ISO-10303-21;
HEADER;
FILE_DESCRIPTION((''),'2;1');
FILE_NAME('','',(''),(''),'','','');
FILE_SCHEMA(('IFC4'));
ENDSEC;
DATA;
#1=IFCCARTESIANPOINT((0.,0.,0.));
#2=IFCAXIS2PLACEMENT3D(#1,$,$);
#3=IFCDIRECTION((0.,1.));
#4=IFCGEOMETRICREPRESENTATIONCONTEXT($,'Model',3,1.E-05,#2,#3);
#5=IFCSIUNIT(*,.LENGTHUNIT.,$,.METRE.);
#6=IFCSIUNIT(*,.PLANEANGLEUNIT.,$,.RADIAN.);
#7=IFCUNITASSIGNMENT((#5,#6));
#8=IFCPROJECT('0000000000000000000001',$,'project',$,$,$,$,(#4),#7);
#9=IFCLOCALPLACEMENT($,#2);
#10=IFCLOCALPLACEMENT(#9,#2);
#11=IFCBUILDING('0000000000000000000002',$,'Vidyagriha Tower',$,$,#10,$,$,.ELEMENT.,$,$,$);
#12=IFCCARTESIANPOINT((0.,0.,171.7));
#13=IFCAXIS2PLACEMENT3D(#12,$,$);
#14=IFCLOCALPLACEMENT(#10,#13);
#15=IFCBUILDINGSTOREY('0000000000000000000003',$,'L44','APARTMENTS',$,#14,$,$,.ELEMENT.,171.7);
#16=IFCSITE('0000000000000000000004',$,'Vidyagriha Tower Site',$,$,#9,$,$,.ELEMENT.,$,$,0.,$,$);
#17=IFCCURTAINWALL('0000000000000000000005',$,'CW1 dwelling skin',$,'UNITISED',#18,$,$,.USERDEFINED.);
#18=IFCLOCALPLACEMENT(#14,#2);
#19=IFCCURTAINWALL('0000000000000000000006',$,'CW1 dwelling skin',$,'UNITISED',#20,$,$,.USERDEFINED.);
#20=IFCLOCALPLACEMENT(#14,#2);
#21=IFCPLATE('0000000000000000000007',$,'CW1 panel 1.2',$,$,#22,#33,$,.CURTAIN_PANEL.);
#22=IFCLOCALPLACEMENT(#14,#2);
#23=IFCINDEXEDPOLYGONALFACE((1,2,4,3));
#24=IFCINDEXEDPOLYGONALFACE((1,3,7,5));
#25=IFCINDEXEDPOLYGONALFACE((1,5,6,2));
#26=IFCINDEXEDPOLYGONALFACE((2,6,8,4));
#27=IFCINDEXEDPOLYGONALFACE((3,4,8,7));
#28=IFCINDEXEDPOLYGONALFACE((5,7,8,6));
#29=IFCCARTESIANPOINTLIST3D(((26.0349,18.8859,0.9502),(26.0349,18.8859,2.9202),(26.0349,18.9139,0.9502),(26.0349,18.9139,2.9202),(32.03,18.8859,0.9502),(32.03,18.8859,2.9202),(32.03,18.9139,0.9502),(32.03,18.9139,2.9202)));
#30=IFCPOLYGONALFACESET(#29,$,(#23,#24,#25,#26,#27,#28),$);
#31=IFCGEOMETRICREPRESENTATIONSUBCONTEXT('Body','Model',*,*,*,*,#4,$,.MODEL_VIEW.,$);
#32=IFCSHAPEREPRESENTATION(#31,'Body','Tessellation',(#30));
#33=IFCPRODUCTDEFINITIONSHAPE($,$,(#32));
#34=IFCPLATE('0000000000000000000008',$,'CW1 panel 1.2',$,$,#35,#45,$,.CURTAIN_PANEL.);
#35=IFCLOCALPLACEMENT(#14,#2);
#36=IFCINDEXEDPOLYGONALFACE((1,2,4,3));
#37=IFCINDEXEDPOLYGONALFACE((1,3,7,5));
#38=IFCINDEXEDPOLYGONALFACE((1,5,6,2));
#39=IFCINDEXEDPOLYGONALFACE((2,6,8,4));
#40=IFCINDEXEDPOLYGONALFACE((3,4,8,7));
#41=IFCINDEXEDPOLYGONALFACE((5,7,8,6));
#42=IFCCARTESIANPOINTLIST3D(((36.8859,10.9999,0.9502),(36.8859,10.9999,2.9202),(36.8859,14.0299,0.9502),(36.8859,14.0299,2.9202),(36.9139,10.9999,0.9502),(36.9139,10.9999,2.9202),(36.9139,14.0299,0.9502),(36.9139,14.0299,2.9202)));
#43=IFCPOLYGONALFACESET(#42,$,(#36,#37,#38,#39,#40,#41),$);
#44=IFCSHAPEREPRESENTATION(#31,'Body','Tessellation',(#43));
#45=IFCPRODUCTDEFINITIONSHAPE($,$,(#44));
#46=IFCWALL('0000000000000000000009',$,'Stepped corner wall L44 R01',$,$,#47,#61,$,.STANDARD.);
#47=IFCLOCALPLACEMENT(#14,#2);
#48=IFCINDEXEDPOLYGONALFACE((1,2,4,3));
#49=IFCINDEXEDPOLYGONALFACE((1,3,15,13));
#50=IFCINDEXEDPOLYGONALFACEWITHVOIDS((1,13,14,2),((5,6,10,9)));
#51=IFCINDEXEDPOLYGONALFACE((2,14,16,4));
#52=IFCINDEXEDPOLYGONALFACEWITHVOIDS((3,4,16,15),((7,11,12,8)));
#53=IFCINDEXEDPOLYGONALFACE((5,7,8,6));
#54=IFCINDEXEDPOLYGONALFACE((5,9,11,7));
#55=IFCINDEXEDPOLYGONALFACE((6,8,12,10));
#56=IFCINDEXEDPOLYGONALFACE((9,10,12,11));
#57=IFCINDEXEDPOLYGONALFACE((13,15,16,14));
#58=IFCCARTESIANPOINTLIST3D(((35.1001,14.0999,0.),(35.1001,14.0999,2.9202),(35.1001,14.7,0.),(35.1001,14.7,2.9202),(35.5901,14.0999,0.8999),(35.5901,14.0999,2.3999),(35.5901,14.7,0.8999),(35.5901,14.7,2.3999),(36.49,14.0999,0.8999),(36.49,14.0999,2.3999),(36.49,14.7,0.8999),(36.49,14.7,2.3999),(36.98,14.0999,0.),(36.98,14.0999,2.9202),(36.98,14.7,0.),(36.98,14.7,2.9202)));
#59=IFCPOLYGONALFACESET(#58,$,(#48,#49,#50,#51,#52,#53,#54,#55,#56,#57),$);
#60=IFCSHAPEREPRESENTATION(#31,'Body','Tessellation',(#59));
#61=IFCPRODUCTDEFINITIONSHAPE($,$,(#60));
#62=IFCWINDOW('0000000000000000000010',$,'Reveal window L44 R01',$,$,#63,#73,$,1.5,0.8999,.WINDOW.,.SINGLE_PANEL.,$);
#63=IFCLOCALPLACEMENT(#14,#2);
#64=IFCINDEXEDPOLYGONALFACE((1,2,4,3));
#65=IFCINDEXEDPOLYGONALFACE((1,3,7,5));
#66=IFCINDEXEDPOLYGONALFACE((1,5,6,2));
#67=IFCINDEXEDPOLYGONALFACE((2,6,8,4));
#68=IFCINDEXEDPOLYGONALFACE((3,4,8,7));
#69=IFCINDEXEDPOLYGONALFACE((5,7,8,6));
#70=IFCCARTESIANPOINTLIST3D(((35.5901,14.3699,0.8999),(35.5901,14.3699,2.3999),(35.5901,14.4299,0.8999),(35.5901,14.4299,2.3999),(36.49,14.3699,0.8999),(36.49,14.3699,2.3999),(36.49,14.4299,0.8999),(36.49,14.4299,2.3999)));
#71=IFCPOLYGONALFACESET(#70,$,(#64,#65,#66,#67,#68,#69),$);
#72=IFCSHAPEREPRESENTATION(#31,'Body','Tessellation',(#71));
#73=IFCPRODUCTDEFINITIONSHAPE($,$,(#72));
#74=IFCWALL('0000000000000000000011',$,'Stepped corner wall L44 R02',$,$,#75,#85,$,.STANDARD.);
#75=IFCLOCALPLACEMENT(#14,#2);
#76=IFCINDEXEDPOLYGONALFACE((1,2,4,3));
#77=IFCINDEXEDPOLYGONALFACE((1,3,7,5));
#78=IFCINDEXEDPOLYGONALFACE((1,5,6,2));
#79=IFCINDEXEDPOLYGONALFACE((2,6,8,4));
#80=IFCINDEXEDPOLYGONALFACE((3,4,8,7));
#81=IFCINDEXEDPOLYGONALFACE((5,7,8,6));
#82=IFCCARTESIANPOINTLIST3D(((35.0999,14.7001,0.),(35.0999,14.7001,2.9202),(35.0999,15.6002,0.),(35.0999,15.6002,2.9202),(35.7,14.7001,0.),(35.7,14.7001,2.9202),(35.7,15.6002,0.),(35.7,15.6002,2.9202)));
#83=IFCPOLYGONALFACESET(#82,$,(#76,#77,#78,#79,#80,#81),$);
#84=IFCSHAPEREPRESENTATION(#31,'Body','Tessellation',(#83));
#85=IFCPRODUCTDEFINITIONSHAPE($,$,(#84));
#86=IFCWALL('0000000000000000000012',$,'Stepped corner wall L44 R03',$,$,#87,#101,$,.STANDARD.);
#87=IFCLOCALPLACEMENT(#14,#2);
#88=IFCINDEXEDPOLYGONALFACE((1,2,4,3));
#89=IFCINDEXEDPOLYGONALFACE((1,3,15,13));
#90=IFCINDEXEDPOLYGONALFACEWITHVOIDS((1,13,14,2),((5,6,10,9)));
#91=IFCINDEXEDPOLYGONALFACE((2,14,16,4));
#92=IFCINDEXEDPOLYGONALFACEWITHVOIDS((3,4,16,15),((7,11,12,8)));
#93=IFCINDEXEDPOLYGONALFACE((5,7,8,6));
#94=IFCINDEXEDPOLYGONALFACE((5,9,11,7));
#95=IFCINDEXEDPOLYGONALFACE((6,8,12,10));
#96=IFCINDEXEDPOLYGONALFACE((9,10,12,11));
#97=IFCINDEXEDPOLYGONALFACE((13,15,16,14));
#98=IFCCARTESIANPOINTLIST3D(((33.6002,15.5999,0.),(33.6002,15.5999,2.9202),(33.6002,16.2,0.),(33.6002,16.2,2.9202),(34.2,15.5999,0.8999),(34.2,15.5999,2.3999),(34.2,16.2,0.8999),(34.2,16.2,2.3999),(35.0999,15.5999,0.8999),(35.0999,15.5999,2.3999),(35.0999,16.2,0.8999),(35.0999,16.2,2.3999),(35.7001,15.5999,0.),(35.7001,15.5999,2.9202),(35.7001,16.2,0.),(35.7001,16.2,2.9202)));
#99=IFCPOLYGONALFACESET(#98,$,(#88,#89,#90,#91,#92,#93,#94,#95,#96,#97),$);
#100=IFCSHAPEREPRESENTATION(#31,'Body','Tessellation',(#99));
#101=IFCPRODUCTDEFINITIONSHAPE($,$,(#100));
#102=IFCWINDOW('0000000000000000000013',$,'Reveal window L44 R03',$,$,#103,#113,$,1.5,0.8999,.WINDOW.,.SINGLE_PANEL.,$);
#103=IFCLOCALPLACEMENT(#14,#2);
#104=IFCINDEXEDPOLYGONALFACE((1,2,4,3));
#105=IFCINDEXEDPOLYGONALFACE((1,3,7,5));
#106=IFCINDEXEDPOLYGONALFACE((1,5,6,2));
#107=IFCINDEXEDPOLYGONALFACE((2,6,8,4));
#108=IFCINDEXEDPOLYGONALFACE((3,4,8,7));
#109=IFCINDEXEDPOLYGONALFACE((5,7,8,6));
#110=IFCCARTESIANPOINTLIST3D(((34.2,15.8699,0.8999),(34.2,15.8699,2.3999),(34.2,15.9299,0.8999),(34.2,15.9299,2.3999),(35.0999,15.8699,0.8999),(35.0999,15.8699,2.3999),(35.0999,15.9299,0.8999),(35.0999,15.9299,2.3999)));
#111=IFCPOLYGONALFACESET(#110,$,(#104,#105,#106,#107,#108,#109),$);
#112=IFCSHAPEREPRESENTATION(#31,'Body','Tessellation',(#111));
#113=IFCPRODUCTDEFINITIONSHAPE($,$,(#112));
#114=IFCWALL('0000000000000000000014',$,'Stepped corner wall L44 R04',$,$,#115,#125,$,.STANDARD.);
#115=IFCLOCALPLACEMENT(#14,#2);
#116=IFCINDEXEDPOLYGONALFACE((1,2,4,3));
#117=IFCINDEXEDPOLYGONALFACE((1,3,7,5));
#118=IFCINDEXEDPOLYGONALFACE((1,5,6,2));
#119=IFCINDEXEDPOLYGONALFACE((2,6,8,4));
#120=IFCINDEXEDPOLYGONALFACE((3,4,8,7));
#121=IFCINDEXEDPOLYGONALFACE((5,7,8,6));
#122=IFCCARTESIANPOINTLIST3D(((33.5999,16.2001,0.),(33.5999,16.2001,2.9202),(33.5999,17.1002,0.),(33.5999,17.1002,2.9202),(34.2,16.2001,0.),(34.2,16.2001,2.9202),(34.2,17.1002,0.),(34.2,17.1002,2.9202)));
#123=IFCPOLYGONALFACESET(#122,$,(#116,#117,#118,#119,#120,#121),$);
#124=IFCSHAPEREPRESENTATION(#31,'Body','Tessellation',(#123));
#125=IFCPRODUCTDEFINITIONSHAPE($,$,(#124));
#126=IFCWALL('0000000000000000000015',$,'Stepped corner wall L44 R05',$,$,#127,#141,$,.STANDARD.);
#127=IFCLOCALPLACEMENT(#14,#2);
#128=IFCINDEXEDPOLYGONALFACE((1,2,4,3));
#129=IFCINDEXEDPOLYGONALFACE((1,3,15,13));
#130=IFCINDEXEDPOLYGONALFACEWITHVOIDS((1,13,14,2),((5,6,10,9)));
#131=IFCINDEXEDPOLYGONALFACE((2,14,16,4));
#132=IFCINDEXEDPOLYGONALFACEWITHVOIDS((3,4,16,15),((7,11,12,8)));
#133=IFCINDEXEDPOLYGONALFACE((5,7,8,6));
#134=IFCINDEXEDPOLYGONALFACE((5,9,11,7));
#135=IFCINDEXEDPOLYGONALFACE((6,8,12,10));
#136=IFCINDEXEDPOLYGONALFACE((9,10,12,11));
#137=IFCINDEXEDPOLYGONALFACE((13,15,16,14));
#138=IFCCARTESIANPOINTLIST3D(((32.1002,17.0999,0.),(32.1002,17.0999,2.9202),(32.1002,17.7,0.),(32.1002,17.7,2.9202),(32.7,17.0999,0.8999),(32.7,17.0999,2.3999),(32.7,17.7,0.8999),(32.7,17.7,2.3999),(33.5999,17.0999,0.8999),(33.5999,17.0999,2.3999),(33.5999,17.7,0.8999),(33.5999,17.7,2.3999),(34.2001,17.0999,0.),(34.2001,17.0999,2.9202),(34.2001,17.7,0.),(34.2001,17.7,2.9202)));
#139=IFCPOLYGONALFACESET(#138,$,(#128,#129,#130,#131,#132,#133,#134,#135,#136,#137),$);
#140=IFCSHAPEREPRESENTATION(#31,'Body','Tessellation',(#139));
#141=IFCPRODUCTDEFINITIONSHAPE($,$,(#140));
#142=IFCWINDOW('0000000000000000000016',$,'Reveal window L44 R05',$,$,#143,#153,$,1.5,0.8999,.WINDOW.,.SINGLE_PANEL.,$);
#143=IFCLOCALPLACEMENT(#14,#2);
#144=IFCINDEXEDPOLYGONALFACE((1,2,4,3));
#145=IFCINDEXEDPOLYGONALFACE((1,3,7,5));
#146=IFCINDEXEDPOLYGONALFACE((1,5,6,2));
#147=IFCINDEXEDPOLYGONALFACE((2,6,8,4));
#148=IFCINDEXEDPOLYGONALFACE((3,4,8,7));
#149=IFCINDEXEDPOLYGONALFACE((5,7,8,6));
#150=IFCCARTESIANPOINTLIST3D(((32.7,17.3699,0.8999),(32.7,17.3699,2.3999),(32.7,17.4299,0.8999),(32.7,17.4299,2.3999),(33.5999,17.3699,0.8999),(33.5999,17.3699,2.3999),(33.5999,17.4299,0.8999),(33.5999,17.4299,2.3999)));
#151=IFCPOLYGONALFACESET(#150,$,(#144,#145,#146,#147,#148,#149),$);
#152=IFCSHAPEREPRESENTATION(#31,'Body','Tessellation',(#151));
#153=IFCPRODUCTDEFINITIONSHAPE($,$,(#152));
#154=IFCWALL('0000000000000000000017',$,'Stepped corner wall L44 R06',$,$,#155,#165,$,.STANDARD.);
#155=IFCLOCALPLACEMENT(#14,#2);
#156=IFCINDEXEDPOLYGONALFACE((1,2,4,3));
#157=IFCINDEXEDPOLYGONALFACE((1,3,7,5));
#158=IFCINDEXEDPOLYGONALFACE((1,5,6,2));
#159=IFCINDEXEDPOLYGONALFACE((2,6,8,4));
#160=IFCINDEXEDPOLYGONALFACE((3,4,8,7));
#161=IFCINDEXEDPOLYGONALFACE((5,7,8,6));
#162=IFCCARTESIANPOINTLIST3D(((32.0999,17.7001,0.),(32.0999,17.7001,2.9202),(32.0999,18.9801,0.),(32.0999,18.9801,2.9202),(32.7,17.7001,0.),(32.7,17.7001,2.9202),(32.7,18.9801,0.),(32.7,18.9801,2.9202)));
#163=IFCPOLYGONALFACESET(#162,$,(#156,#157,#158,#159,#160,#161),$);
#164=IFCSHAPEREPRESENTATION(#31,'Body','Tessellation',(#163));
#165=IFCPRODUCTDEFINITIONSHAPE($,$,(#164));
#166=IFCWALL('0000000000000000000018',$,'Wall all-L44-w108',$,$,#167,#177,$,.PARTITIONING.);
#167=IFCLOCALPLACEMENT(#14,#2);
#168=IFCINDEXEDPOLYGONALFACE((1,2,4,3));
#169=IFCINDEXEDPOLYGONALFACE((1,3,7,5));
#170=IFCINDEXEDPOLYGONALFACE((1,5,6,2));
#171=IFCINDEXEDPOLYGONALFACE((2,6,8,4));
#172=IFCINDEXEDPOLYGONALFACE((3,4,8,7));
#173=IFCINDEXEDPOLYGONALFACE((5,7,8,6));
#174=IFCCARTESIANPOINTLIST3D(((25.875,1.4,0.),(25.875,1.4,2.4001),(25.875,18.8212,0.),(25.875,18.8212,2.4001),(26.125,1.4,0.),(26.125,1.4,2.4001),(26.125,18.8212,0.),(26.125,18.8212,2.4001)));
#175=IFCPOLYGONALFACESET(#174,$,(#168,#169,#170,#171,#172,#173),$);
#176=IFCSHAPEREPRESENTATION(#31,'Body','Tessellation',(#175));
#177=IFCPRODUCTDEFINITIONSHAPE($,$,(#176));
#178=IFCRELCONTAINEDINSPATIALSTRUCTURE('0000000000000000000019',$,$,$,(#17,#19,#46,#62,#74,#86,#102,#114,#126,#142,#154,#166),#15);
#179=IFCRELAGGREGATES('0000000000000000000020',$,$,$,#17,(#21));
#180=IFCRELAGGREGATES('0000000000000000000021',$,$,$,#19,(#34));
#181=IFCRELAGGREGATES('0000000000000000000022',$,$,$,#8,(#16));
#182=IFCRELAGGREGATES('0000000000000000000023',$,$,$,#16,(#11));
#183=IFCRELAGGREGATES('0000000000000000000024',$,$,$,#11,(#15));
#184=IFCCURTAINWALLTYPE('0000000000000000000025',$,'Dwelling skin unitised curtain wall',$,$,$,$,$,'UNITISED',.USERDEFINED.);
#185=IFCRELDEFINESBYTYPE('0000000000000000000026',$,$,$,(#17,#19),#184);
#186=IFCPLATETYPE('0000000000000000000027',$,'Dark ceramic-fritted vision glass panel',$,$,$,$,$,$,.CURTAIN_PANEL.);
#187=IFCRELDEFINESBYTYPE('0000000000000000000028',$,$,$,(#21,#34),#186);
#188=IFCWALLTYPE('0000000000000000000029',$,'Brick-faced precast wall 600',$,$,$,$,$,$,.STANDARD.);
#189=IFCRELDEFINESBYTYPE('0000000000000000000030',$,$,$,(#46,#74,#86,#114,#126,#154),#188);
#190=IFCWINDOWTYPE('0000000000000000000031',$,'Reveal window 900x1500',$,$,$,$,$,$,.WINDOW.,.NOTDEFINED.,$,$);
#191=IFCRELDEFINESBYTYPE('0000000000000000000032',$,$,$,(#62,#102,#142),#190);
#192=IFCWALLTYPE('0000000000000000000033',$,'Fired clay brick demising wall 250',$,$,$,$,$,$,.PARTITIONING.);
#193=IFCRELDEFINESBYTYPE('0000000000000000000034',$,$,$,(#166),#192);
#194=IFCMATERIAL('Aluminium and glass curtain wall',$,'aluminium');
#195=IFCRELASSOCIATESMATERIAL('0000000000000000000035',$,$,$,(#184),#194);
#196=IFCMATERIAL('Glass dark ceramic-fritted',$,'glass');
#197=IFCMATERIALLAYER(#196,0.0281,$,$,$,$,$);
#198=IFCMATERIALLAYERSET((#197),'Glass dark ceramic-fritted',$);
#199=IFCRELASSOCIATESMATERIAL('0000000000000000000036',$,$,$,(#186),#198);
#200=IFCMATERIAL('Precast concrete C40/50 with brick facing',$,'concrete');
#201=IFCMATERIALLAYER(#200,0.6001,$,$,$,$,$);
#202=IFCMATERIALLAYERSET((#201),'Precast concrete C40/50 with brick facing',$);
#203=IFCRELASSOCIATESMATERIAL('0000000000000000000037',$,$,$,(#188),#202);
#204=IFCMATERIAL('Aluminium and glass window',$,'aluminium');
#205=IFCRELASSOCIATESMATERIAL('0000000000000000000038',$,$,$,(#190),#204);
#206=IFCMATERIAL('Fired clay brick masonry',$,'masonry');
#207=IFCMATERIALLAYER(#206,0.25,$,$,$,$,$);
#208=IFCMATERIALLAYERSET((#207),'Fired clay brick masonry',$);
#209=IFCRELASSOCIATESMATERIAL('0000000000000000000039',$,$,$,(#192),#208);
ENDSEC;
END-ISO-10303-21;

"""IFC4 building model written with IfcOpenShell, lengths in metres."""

from ifc_helpers import new_model, si_unit, direction, frame, frame_2d, origin, origin_2d, place, context, subcontext, project, spatial, rectangle, extrude, material, layer, layer_set, type_object, element, fill, aggregate, save


model = new_model("IFC4")

# Units and contexts
model_context = context("Model", 3, precision=1e-05, world=origin(), true_north=direction((0.0, 1.0)))
body_context = subcontext(model_context, "Body", "Model", "MODEL_VIEW")
ifc_project = project(units=[si_unit("LENGTHUNIT", "METRE"), si_unit("PLANEANGLEUNIT", "RADIAN")], contexts=[model_context])

# Site, building, storey
site_placement = place(None, origin())
site = spatial("IfcSite", under=ifc_project, at=site_placement, Name="Vidyagriha Tower Site", CompositionType="ELEMENT", RefElevation=0.0)
building_placement = place(site_placement, origin())
building = spatial("IfcBuilding", under=site, at=building_placement, Name="Vidyagriha Tower", CompositionType="ELEMENT")
storey_placement = place(building_placement, frame((0.0, 0.0, 171.7)))
storey = spatial("IfcBuildingStorey", under=building, at=storey_placement, Name="L44", Description="APARTMENTS", CompositionType="ELEMENT", Elevation=171.7)

# Curtain wall
ifc_material_1 = material(Name="Aluminium and glass curtain wall", Category="aluminium")
curtain_wall_type = type_object("IfcCurtainWallType", Name="Dwelling skin unitised curtain wall", ElementType="UNITISED", PredefinedType="USERDEFINED", material=ifc_material_1)
curtain_wall_1_placement = place(storey_placement, origin())
curtain_wall_1 = element("IfcCurtainWall", 1, at=curtain_wall_1_placement, inside=storey, type_object=curtain_wall_type, Name="CW1 dwelling skin", ObjectType="UNITISED", PredefinedType="USERDEFINED")

# Curtain wall
curtain_wall_2_placement = place(storey_placement, origin())
curtain_wall_2 = element("IfcCurtainWall", 2, at=curtain_wall_2_placement, inside=storey, type_object=curtain_wall_type, Name="CW1 dwelling skin", ObjectType="UNITISED", PredefinedType="USERDEFINED")

# Plates
ifc_material_2 = material(Name="Glass dark ceramic-fritted", Category="glass")
ifc_layer_1 = layer(ifc_material_2, 0.0281)
ifc_layer_set_1 = layer_set([ifc_layer_1], Name="Glass dark ceramic-fritted")
plate_type_1 = type_object("IfcPlateType", Name="Dark ceramic-fritted vision glass panel", PredefinedType="CURTAIN_PANEL", material=ifc_layer_set_1)
plate_1_placement = place(storey_placement, frame((29.0325, 18.8999, 0.9502), z_axis=(0.0, 0.0, 1.0), x_axis=(-1.0, 0.0, 0.0)))
plate_1 = element("IfcPlate", 3, at=plate_1_placement, type_object=plate_type_1, Name="CW1 panel 1.2", PredefinedType="CURTAIN_PANEL", context=body_context, shape_type="SweptSolid", body=[
    extrude(rectangle(XDim=5.9951, YDim=0.0281, at=origin_2d()), origin(), (0.0, 0.0, 1.0), 1.97),
])
aggregate(curtain_wall_1, [plate_1])
plate_2_placement = place(storey_placement, frame((36.8999, 12.5149, 0.9502), z_axis=(0.0, 0.0, 1.0), x_axis=(0.0, 1.0, 0.0)))
plate_2 = element("IfcPlate", 4, at=plate_2_placement, type_object=plate_type_1, Name="CW1 panel 1.2", PredefinedType="CURTAIN_PANEL", context=body_context, shape_type="SweptSolid", body=[
    extrude(rectangle(XDim=3.03, YDim=0.0281, at=origin_2d()), origin(), (0.0, 0.0, 1.0), 1.97),
])
aggregate(curtain_wall_2, [plate_2])

# Wall, opening, window
ifc_material_3 = material(Name="Precast concrete C40/50 with brick facing", Category="concrete")
ifc_layer_2 = layer(ifc_material_3, 0.6001)
ifc_layer_set_2 = layer_set([ifc_layer_2], Name="Precast concrete C40/50 with brick facing")
wall_type_1 = type_object("IfcWallType", Name="Brick-faced precast wall 600", PredefinedType="STANDARD", material=ifc_layer_set_2)
wall_1_placement = place(storey_placement, frame((36.98, 14.3999, 0.0), z_axis=(0.0, 0.0, 1.0), x_axis=(-1.0, 0.0, 0.0)))
wall_1 = element("IfcWall", 5, at=wall_1_placement, inside=storey, type_object=wall_type_1, Name="Stepped corner wall L44 R01", PredefinedType="STANDARD", context=body_context, shape_type="SweptSolid", body=[
    extrude(rectangle(XDim=1.8799, YDim=0.6001, at=frame_2d((0.9399, 0.0))), origin(), (0.0, 0.0, 1.0), 2.9202),
])
opening_1_placement = place(wall_1_placement, frame((0.49, 0.0, 0.8999)))
opening_1 = element("IfcOpeningElement", 6, at=opening_1_placement, cuts=wall_1, PredefinedType="OPENING", context=body_context, shape_type="SweptSolid", body=[
    extrude(rectangle(XDim=0.8999, YDim=1.5, at=frame_2d((0.45, 0.75))), frame((0.0, 0.3101, 0.0), z_axis=(0.0, -1.0, 0.0), x_axis=(1.0, 0.0, 0.0)), (0.0, 0.0, 1.0), 0.6201),
])
ifc_material_4 = material(Name="Aluminium and glass window", Category="aluminium")
window_type = type_object("IfcWindowType", Name="Reveal window 900x1500", PartitioningType="NOTDEFINED", PredefinedType="WINDOW", material=ifc_material_4)
window_1_placement = place(opening_1_placement, origin())
window_1 = element("IfcWindow", 7, at=window_1_placement, inside=storey, type_object=window_type, Name="Reveal window L44 R01", OverallHeight=1.5, OverallWidth=0.8999, PartitioningType="SINGLE_PANEL", PredefinedType="WINDOW", context=body_context, shape_type="SweptSolid", body=[
    extrude(rectangle(XDim=0.8999, YDim=1.5, at=frame_2d((0.45, 0.75))), frame((0.0, 0.03, 0.0), z_axis=(0.0, -1.0, 0.0), x_axis=(1.0, 0.0, 0.0)), (0.0, 0.0, 1.0), 0.0601),
])
fill(opening_1, window_1)

# Wall
wall_2_placement = place(storey_placement, frame((35.3999, 14.7, 0.0), z_axis=(0.0, 0.0, 1.0), x_axis=(0.0, 1.0, 0.0)))
element("IfcWall", 8, at=wall_2_placement, inside=storey, type_object=wall_type_1, Name="Stepped corner wall L44 R02", PredefinedType="STANDARD", context=body_context, shape_type="SweptSolid", body=[
    extrude(rectangle(XDim=0.9001, YDim=0.6001, at=frame_2d((0.4502, 0.0))), origin(), (0.0, 0.0, 1.0), 2.9202),
])

# Wall, opening, window
wall_3_placement = place(storey_placement, frame((35.7, 15.8999, 0.0), z_axis=(0.0, 0.0, 1.0), x_axis=(-1.0, 0.0, 0.0)))
wall_3 = element("IfcWall", 9, at=wall_3_placement, inside=storey, type_object=wall_type_1, Name="Stepped corner wall L44 R03", PredefinedType="STANDARD", context=body_context, shape_type="SweptSolid", body=[
    extrude(rectangle(XDim=2.0999, YDim=0.6001, at=frame_2d((1.0498, 0.0))), origin(), (0.0, 0.0, 1.0), 2.9202),
])
opening_2_placement = place(wall_3_placement, frame((0.6001, 0.0, 0.8999)))
opening_2 = element("IfcOpeningElement", 10, at=opening_2_placement, cuts=wall_3, PredefinedType="OPENING", context=body_context, shape_type="SweptSolid", body=[
    extrude(rectangle(XDim=0.8999, YDim=1.5, at=frame_2d((0.45, 0.75))), frame((0.0, 0.3101, 0.0), z_axis=(0.0, -1.0, 0.0), x_axis=(1.0, 0.0, 0.0)), (0.0, 0.0, 1.0), 0.6201),
])
window_2_placement = place(opening_2_placement, origin())
window_2 = element("IfcWindow", 11, at=window_2_placement, inside=storey, type_object=window_type, Name="Reveal window L44 R03", OverallHeight=1.5, OverallWidth=0.8999, PartitioningType="SINGLE_PANEL", PredefinedType="WINDOW", context=body_context, shape_type="SweptSolid", body=[
    extrude(rectangle(XDim=0.8999, YDim=1.5, at=frame_2d((0.45, 0.75))), frame((0.0, 0.03, 0.0), z_axis=(0.0, -1.0, 0.0), x_axis=(1.0, 0.0, 0.0)), (0.0, 0.0, 1.0), 0.0601),
])
fill(opening_2, window_2)

# Wall
wall_4_placement = place(storey_placement, frame((33.8999, 16.2, 0.0), z_axis=(0.0, 0.0, 1.0), x_axis=(0.0, 1.0, 0.0)))
element("IfcWall", 12, at=wall_4_placement, inside=storey, type_object=wall_type_1, Name="Stepped corner wall L44 R04", PredefinedType="STANDARD", context=body_context, shape_type="SweptSolid", body=[
    extrude(rectangle(XDim=0.9001, YDim=0.6001, at=frame_2d((0.4502, 0.0))), origin(), (0.0, 0.0, 1.0), 2.9202),
])

# Wall, opening, window
wall_5_placement = place(storey_placement, frame((34.2, 17.3999, 0.0), z_axis=(0.0, 0.0, 1.0), x_axis=(-1.0, 0.0, 0.0)))
wall_5 = element("IfcWall", 13, at=wall_5_placement, inside=storey, type_object=wall_type_1, Name="Stepped corner wall L44 R05", PredefinedType="STANDARD", context=body_context, shape_type="SweptSolid", body=[
    extrude(rectangle(XDim=2.0999, YDim=0.6001, at=frame_2d((1.0498, 0.0))), origin(), (0.0, 0.0, 1.0), 2.9202),
])
opening_3_placement = place(wall_5_placement, frame((0.6001, 0.0, 0.8999)))
opening_3 = element("IfcOpeningElement", 14, at=opening_3_placement, cuts=wall_5, PredefinedType="OPENING", context=body_context, shape_type="SweptSolid", body=[
    extrude(rectangle(XDim=0.8999, YDim=1.5, at=frame_2d((0.45, 0.75))), frame((0.0, 0.3101, 0.0), z_axis=(0.0, -1.0, 0.0), x_axis=(1.0, 0.0, 0.0)), (0.0, 0.0, 1.0), 0.6201),
])
window_3_placement = place(opening_3_placement, origin())
window_3 = element("IfcWindow", 15, at=window_3_placement, inside=storey, type_object=window_type, Name="Reveal window L44 R05", OverallHeight=1.5, OverallWidth=0.8999, PartitioningType="SINGLE_PANEL", PredefinedType="WINDOW", context=body_context, shape_type="SweptSolid", body=[
    extrude(rectangle(XDim=0.8999, YDim=1.5, at=frame_2d((0.45, 0.75))), frame((0.0, 0.03, 0.0), z_axis=(0.0, -1.0, 0.0), x_axis=(1.0, 0.0, 0.0)), (0.0, 0.0, 1.0), 0.0601),
])
fill(opening_3, window_3)

# Walls
wall_6_placement = place(storey_placement, frame((32.3999, 17.7, 0.0), z_axis=(0.0, 0.0, 1.0), x_axis=(0.0, 1.0, 0.0)))
element("IfcWall", 16, at=wall_6_placement, inside=storey, type_object=wall_type_1, Name="Stepped corner wall L44 R06", PredefinedType="STANDARD", context=body_context, shape_type="SweptSolid", body=[
    extrude(rectangle(XDim=1.28, YDim=0.6001, at=frame_2d((0.6401, 0.0))), origin(), (0.0, 0.0, 1.0), 2.9202),
])
ifc_material_5 = material(Name="Fired clay brick masonry", Category="masonry")
ifc_layer_3 = layer(ifc_material_5, 0.25)
ifc_layer_set_3 = layer_set([ifc_layer_3], Name="Fired clay brick masonry")
wall_type_2 = type_object("IfcWallType", Name="Fired clay brick demising wall 250", PredefinedType="PARTITIONING", material=ifc_layer_set_3)
wall_7_placement = place(storey_placement, frame((26.0, 18.821, 0.0), z_axis=(0.0, 0.0, 1.0), x_axis=(0.0, -1.0, 0.0)))
element("IfcWall", 17, at=wall_7_placement, inside=storey, type_object=wall_type_2, Name="Wall all-L44-w108", PredefinedType="PARTITIONING", context=body_context, shape_type="SweptSolid", body=[
    extrude(rectangle(XDim=17.4211, YDim=0.25, at=frame_2d((8.7104, 0.0))), origin(), (0.0, 0.0, 1.0), 2.4001),
])

save(model, "model.ifc")
